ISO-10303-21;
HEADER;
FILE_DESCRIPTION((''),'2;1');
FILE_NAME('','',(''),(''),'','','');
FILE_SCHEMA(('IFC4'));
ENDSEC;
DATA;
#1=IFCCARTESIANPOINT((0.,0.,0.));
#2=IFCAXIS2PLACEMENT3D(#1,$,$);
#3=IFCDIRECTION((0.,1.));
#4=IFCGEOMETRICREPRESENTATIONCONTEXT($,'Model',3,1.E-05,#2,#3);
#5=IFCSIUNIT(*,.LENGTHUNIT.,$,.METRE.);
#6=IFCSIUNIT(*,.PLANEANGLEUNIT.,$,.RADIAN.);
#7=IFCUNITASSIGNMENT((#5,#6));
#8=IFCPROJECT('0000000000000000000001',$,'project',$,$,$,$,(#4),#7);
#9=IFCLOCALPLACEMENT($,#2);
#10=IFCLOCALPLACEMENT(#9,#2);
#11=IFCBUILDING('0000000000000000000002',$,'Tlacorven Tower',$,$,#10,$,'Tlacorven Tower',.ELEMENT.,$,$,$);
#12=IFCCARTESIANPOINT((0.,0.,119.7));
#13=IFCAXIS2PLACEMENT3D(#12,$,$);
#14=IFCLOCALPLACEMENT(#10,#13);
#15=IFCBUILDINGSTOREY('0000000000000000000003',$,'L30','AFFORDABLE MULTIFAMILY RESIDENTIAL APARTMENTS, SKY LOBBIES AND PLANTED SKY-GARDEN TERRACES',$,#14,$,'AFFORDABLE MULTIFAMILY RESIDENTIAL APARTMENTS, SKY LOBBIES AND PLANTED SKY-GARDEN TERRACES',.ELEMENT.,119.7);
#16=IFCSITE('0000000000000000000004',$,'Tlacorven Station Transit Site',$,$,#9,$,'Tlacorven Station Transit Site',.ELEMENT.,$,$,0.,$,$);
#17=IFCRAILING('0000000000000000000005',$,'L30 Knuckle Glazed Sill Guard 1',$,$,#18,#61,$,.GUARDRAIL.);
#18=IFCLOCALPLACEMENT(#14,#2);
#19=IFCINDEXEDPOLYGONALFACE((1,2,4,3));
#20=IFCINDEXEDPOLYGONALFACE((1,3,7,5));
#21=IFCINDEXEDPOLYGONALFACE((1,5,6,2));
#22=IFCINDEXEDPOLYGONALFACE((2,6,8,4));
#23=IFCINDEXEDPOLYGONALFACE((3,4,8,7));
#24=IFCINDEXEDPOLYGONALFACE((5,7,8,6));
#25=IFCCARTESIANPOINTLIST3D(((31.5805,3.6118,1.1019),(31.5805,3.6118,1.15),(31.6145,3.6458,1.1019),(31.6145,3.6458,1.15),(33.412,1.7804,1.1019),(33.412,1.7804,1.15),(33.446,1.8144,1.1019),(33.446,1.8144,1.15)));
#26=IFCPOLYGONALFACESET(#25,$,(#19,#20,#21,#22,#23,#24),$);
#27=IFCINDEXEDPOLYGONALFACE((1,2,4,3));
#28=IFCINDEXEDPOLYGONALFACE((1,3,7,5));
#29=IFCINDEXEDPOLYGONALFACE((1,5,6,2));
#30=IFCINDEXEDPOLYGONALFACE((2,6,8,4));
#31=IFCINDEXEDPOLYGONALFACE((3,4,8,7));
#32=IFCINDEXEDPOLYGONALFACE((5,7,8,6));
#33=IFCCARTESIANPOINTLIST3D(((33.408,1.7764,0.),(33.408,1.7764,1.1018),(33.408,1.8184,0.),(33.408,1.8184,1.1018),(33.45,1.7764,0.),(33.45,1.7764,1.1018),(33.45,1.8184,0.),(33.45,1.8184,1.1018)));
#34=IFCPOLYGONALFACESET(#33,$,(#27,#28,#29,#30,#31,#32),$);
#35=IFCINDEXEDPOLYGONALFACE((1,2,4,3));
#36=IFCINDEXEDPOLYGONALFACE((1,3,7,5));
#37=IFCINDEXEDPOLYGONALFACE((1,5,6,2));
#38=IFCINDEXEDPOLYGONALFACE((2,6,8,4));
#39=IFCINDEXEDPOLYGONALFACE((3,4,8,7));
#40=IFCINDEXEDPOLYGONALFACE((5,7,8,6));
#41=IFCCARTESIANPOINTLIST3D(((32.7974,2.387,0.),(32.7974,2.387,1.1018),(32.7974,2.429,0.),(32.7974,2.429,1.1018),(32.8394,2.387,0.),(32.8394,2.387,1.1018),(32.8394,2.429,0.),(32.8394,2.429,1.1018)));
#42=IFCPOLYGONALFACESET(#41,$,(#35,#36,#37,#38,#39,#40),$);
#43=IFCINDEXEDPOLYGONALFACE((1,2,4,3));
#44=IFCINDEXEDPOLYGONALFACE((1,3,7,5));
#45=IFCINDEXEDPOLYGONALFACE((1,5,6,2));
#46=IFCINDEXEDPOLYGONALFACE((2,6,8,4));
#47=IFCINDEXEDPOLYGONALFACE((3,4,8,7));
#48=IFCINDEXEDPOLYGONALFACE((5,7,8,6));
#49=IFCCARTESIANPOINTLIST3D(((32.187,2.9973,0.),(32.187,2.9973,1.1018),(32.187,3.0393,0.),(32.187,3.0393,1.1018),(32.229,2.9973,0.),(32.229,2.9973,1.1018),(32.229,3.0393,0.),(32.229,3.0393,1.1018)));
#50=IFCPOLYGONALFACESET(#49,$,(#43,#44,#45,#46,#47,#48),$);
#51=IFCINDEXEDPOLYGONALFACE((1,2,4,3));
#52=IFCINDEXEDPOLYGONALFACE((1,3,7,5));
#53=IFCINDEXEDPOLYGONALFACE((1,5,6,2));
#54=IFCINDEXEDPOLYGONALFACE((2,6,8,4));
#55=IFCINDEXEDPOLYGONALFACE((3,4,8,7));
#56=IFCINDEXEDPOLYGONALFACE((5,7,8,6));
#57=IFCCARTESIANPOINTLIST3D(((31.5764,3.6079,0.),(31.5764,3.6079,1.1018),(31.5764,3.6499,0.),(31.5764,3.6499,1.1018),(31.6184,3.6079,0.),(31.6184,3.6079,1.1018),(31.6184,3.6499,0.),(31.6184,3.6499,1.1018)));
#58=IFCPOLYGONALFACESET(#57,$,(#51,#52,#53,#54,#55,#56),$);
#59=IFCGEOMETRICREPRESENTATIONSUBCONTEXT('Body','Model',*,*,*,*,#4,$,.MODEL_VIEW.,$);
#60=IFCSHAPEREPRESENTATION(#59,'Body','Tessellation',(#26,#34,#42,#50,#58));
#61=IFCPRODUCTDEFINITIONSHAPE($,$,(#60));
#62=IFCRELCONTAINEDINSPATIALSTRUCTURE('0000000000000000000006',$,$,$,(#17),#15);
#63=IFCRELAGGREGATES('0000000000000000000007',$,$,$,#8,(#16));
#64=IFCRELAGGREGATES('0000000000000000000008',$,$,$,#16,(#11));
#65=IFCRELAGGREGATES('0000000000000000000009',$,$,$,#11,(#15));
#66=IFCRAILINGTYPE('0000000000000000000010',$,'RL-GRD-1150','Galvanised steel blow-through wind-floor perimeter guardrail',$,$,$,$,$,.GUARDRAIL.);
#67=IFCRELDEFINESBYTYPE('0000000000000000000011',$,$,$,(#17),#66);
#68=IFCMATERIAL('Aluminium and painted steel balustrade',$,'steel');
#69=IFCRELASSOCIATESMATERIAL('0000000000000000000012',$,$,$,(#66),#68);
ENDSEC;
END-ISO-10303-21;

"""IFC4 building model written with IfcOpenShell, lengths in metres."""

from ifc_helpers import new_model, si_unit, direction, frame, origin, origin_2d, place, context, subcontext, project, spatial, rectangle, extrude, source, transform, mapped, material, type_object, element, save


model = new_model("IFC4")

# Units and contexts
model_context = context("Model", 3, precision=1e-05, world=origin(), true_north=direction((0.0, 1.0)))
body_context = subcontext(model_context, "Body", "Model", "MODEL_VIEW")
ifc_project = project(units=[si_unit("LENGTHUNIT", "METRE"), si_unit("PLANEANGLEUNIT", "RADIAN")], contexts=[model_context])

# Site, building, storey
site_placement = place(None, origin())
site = spatial("IfcSite", under=ifc_project, at=site_placement, Name="Tlacorven Station Transit Site", LongName="Tlacorven Station Transit Site", CompositionType="ELEMENT", RefElevation=0.0)
building_placement = place(site_placement, origin())
building = spatial("IfcBuilding", under=site, at=building_placement, Name="Tlacorven Tower", LongName="Tlacorven Tower", CompositionType="ELEMENT")
storey_placement = place(building_placement, frame((0.0, 0.0, 119.7)))
storey = spatial("IfcBuildingStorey", under=building, at=storey_placement, Name="L30", Description="AFFORDABLE MULTIFAMILY RESIDENTIAL APARTMENTS, SKY LOBBIES AND PLANTED SKY-GARDEN TERRACES", LongName="AFFORDABLE MULTIFAMILY RESIDENTIAL APARTMENTS, SKY LOBBIES AND PLANTED SKY-GARDEN TERRACES", CompositionType="ELEMENT", Elevation=119.7)

# Railing
ifc_material_1 = material(Name="Aluminium and painted steel balustrade", Category="steel")
railing_type = type_object("IfcRailingType", Name="RL-GRD-1150", Description="Galvanised steel blow-through wind-floor perimeter guardrail", PredefinedType="GUARDRAIL", material=ifc_material_1)
shared_shape_1 = source(origin(), body_context, "Body", "SweptSolid", [
    extrude(rectangle(XDim=0.0481, YDim=0.0481, at=origin_2d()), frame((0.0, 0.0, 1.126), z_axis=(-0.707107, 0.707107, 0.0), x_axis=(-0.707107, -0.707107, 0.0)), (0.0, 0.0, 1.0), 2.5901),
    extrude(rectangle(XDim=0.042, YDim=0.042, at=origin_2d()), origin(), (0.0, 0.0, 1.0), 1.1018),
    extrude(rectangle(XDim=0.042, YDim=0.042, at=origin_2d()), frame((-0.6106, 0.6106, 0.0)), (0.0, 0.0, 1.0), 1.1018),
    extrude(rectangle(XDim=0.042, YDim=0.042, at=origin_2d()), frame((-1.2209, 1.2209, 0.0)), (0.0, 0.0, 1.0), 1.1018),
    extrude(rectangle(XDim=0.042, YDim=0.042, at=origin_2d()), frame((-1.8315, 1.8315, 0.0)), (0.0, 0.0, 1.0), 1.1018),
])
railing_placement = place(storey_placement, frame((33.429, 1.7974, 0.0)))
element("IfcRailing", 1, at=railing_placement, inside=storey, type_object=railing_type, Name="L30 Knuckle Glazed Sill Guard 1", PredefinedType="GUARDRAIL", context=body_context, shape_type="MappedRepresentation", body=[
    mapped(shared_shape_1, transform((0.0, 0.0, 0.0), scale=1.0)),
])

save(model, "model.ifc")
